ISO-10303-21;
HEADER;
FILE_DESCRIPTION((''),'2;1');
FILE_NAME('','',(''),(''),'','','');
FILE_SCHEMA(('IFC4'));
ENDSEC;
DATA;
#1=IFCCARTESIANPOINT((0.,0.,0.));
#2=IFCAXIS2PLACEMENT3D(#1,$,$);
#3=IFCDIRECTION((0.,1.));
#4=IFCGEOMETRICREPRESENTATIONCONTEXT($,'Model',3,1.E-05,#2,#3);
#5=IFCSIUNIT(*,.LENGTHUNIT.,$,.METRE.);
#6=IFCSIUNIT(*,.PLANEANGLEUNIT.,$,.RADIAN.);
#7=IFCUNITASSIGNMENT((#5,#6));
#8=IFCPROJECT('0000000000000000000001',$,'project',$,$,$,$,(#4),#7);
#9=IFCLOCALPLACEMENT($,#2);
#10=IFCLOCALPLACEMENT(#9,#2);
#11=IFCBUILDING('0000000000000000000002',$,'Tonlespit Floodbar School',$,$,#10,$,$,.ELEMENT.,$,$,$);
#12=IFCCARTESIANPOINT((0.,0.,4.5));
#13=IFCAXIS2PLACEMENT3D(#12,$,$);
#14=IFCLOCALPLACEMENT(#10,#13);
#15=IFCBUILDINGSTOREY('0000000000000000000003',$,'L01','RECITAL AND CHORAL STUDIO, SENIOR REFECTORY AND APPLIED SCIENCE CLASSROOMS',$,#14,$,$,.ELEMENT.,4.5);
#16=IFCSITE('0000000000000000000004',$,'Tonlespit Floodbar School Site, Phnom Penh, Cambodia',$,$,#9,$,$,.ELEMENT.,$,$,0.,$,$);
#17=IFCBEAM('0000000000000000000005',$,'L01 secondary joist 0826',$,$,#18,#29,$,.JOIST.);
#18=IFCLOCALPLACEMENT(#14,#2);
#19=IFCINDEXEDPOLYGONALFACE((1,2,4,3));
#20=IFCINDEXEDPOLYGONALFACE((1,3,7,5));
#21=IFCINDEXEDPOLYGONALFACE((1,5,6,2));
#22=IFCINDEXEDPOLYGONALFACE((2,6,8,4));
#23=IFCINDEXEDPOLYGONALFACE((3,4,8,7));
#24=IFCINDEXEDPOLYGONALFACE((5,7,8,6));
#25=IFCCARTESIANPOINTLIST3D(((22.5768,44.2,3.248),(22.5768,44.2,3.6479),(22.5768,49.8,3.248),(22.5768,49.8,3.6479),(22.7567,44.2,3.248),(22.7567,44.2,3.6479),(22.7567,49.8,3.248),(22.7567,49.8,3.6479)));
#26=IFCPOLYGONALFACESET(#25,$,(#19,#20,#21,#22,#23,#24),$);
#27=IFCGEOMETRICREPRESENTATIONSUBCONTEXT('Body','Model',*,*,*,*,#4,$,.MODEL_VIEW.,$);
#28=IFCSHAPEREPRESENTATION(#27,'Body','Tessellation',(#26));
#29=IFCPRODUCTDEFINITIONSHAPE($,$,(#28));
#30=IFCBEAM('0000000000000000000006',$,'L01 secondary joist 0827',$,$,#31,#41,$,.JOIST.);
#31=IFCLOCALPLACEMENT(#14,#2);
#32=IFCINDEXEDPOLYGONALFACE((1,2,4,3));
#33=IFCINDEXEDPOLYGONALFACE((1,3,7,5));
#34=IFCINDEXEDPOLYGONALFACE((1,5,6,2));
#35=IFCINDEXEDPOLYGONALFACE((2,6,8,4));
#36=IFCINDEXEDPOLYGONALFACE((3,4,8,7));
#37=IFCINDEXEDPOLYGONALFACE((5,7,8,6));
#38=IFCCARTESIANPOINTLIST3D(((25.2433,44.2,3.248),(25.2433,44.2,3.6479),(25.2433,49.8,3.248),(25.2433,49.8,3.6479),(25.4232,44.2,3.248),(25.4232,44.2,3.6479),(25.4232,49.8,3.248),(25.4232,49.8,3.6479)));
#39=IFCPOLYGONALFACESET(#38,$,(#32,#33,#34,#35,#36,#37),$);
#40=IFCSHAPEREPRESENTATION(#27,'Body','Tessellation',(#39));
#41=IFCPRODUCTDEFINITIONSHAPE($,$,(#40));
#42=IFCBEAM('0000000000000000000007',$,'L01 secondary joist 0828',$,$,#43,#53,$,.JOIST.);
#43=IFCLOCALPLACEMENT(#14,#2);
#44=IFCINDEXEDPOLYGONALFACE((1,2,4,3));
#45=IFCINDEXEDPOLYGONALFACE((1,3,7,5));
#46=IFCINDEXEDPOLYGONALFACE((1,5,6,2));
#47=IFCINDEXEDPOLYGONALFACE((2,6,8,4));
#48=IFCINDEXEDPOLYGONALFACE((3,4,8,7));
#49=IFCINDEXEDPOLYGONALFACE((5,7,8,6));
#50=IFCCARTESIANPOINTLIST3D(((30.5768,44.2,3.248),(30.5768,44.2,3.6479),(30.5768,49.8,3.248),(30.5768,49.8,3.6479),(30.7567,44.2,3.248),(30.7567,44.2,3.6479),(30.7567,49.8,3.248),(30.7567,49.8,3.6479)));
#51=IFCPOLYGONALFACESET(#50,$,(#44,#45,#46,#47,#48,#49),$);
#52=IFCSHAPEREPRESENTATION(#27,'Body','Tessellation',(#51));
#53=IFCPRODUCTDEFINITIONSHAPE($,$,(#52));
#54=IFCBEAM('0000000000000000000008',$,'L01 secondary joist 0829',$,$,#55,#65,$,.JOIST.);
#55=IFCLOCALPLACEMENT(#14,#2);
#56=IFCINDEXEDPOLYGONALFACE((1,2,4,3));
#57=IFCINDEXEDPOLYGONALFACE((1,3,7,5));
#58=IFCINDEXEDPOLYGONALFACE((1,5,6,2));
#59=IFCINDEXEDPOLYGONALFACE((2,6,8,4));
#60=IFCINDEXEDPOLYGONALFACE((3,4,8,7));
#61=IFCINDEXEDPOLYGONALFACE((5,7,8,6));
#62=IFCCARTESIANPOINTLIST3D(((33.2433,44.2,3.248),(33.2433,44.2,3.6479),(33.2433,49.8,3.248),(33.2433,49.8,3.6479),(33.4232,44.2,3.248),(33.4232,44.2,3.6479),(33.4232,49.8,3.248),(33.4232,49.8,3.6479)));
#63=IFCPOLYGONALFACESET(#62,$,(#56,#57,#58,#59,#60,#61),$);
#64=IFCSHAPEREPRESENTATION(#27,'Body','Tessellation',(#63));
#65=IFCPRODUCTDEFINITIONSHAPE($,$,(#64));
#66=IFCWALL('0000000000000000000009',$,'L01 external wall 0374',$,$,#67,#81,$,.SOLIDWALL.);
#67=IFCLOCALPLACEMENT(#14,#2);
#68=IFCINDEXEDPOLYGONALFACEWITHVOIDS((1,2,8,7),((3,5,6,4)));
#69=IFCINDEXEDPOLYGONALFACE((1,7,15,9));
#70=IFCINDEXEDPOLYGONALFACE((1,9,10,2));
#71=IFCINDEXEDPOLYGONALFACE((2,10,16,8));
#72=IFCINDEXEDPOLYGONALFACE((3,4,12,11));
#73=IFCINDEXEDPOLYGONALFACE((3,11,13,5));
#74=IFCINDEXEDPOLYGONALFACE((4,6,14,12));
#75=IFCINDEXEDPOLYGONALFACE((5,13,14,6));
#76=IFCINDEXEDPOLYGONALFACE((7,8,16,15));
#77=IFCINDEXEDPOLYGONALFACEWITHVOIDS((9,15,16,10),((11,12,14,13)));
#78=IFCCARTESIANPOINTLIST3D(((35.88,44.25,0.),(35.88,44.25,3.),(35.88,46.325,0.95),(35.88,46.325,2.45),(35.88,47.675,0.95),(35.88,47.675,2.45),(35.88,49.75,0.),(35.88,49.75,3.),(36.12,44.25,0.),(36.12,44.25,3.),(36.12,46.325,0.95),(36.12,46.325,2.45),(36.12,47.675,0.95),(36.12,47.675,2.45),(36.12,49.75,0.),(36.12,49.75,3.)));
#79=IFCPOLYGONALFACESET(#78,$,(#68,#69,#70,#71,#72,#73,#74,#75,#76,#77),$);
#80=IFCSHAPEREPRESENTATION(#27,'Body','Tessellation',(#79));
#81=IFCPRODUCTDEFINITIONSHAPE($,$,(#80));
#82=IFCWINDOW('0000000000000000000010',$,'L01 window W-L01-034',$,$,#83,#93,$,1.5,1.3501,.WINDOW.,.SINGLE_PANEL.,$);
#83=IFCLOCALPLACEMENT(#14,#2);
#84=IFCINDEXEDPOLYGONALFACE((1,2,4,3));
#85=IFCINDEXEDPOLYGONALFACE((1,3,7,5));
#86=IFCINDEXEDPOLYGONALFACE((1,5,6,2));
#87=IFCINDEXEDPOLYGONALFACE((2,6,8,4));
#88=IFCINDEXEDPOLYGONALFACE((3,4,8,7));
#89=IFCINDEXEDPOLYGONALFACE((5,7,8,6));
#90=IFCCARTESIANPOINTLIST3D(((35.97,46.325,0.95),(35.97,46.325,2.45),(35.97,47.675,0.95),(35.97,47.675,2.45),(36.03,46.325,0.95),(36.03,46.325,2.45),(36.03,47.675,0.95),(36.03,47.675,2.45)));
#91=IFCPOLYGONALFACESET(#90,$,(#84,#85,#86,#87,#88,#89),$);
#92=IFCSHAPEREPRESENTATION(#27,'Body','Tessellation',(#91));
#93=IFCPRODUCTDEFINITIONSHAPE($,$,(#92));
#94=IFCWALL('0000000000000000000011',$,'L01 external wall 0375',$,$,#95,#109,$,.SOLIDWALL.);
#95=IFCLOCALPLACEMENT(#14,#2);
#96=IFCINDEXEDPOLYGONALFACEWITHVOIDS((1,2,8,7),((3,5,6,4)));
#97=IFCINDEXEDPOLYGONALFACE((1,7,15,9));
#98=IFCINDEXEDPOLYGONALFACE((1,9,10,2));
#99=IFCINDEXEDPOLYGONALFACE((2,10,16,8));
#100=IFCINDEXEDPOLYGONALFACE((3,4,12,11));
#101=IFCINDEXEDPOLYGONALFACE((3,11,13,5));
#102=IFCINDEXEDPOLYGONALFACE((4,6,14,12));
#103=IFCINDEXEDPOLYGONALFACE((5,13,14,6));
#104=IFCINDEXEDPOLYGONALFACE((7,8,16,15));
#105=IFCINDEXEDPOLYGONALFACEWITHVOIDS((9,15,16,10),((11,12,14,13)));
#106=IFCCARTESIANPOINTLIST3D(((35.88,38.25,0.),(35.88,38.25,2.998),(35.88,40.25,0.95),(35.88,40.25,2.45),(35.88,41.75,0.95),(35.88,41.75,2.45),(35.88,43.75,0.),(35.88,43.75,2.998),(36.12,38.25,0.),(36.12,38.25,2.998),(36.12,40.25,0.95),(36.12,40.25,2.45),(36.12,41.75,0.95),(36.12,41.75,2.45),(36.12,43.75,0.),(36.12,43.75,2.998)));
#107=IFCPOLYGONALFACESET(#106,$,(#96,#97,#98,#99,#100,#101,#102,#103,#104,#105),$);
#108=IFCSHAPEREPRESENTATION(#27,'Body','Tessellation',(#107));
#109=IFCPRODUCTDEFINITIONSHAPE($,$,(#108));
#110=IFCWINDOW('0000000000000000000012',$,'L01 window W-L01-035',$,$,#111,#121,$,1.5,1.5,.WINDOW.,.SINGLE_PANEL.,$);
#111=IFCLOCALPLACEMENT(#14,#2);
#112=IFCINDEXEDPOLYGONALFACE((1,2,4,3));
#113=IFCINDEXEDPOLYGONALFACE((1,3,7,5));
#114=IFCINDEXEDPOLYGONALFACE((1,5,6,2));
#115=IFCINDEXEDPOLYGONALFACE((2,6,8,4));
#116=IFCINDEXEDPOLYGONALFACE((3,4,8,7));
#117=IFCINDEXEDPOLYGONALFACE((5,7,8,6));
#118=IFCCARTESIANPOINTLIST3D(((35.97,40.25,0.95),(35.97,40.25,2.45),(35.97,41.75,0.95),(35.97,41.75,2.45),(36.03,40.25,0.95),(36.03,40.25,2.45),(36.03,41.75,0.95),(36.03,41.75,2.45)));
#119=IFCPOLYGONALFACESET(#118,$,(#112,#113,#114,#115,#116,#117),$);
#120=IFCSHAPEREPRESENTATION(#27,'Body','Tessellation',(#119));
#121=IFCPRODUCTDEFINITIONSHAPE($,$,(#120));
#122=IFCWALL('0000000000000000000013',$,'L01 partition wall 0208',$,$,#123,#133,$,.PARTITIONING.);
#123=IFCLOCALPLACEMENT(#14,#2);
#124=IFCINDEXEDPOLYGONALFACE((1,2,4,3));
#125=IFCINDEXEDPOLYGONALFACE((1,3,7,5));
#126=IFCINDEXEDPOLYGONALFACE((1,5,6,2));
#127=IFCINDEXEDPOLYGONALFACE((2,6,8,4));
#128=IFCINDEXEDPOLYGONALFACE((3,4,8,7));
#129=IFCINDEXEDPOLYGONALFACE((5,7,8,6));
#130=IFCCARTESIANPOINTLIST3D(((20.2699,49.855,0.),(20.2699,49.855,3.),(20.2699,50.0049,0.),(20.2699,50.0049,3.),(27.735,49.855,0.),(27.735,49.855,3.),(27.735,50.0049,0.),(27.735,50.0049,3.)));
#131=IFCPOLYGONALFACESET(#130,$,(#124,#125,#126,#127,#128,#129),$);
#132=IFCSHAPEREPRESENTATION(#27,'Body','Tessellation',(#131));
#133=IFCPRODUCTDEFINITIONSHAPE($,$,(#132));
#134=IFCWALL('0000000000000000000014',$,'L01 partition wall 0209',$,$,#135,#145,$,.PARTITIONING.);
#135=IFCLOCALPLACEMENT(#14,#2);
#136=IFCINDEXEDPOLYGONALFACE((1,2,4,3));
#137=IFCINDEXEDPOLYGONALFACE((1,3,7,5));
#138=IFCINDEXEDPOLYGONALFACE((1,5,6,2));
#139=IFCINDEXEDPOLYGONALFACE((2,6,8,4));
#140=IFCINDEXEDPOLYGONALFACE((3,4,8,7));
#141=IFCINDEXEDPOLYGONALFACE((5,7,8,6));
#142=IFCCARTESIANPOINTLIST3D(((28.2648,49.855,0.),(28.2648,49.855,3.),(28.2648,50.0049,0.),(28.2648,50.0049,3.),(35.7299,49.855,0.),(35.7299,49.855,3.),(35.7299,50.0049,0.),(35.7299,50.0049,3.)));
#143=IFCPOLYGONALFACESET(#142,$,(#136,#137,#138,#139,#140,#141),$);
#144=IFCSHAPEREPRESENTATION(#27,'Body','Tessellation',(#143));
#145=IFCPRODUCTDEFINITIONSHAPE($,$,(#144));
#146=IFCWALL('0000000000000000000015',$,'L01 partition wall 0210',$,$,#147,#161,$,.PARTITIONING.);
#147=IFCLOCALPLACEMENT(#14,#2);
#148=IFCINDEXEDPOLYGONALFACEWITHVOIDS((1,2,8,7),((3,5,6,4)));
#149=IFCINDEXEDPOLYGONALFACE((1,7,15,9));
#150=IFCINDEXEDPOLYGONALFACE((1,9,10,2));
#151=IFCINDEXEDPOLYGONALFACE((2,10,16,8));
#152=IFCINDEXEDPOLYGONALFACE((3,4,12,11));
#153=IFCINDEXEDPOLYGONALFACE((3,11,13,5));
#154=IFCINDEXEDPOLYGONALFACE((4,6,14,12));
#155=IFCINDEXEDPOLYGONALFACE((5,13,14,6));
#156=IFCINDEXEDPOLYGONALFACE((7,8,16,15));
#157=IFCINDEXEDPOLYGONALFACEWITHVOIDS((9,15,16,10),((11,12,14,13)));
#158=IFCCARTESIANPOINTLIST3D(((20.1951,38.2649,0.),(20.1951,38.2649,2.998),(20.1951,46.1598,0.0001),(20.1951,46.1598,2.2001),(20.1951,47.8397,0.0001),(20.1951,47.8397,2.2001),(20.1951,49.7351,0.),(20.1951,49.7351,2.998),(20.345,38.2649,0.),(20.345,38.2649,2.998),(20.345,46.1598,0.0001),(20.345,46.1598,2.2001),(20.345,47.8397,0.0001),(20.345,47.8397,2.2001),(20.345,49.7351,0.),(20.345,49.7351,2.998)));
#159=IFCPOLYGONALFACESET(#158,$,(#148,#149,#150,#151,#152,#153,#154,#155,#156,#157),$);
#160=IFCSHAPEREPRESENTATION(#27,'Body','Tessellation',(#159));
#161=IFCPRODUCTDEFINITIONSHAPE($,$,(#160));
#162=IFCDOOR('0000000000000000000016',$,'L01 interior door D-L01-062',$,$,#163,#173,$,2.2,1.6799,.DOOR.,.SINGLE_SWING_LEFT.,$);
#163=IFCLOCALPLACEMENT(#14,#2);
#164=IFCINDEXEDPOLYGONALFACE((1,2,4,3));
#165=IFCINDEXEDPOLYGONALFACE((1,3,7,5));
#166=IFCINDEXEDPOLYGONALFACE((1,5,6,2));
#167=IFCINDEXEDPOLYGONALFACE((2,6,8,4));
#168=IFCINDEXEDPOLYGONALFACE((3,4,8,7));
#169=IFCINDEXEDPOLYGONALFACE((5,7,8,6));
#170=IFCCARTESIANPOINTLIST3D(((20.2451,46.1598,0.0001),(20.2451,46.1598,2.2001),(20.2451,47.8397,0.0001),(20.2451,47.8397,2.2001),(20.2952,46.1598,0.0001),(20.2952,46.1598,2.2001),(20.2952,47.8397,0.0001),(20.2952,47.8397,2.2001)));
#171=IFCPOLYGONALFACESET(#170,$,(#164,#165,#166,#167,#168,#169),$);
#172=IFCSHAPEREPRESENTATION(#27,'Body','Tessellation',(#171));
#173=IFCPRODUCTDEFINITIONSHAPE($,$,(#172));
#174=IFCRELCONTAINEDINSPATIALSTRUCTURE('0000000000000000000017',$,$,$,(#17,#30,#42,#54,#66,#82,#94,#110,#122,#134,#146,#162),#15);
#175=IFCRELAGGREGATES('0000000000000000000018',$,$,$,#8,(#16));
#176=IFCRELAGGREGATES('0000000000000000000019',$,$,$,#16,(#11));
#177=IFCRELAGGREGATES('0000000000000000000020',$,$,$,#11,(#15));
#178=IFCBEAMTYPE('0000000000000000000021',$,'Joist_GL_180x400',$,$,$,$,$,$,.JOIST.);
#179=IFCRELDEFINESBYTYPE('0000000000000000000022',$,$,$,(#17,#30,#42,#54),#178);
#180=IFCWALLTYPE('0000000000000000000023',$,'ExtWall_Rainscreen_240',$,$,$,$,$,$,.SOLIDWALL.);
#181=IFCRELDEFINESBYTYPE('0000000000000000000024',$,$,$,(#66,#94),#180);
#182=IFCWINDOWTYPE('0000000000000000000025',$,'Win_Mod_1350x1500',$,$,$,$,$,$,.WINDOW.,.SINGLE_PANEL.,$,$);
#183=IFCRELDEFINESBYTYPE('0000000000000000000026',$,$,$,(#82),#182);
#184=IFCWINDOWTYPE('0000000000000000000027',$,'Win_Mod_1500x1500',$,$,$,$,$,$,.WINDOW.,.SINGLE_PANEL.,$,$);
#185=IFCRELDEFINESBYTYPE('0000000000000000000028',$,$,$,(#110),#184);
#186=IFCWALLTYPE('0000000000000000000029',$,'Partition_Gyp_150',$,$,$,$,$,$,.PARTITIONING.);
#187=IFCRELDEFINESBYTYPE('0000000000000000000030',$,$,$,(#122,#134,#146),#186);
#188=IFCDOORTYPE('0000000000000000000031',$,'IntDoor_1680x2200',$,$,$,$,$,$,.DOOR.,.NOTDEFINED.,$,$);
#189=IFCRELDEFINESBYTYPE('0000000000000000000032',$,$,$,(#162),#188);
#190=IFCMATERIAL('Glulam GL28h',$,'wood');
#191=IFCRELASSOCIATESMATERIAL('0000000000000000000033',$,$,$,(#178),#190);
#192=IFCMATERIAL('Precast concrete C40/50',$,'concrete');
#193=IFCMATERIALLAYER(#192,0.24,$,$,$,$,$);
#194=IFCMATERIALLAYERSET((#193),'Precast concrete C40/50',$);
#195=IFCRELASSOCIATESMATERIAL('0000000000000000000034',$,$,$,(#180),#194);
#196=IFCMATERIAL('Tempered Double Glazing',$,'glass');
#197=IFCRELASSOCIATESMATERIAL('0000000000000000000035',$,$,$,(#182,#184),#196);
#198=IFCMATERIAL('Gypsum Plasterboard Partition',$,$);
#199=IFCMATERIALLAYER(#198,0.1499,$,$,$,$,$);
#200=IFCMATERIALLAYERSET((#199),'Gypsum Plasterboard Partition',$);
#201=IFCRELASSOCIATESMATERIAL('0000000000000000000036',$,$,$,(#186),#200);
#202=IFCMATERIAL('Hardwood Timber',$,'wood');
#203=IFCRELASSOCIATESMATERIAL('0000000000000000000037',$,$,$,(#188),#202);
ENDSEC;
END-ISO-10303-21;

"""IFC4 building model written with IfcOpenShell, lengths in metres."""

from ifc_helpers import new_model, si_unit, direction, frame, frame_2d, origin, origin_2d, place, context, subcontext, project, spatial, rectangle, extrude, material, layer, layer_set, material_profile, profile_set, type_object, element, fill, save


model = new_model("IFC4")

# Units and contexts
model_context = context("Model", 3, precision=1e-05, world=origin(), true_north=direction((0.0, 1.0)))
body_context = subcontext(model_context, "Body", "Model", "MODEL_VIEW")
ifc_project = project(units=[si_unit("LENGTHUNIT", "METRE"), si_unit("PLANEANGLEUNIT", "RADIAN")], contexts=[model_context])

# Site, building, storey
site_placement = place(None, origin())
site = spatial("IfcSite", under=ifc_project, at=site_placement, Name="Tonlespit Floodbar School Site, Phnom Penh, Cambodia", CompositionType="ELEMENT", RefElevation=0.0)
building_placement = place(site_placement, origin())
building = spatial("IfcBuilding", under=site, at=building_placement, Name="Tonlespit Floodbar School", CompositionType="ELEMENT")
storey_placement = place(building_placement, frame((0.0, 0.0, 4.5)))
storey = spatial("IfcBuildingStorey", under=building, at=storey_placement, Name="L01", Description="RECITAL AND CHORAL STUDIO, SENIOR REFECTORY AND APPLIED SCIENCE CLASSROOMS", CompositionType="ELEMENT", Elevation=4.5)

# Beams
ifc_material_1 = material(Name="Glulam GL28h", Category="wood")
ifc_material_profile_1 = material_profile(ifc_material_1, rectangle(XDim=0.1799, YDim=0.3999, at=origin_2d()), Name="GL 180x400")
ifc_profile_set_1 = profile_set([ifc_material_profile_1], Name="Glulam GL28h")
beam_type_1 = type_object("IfcBeamType", Name="Joist_GL_180x400", PredefinedType="JOIST", material=ifc_profile_set_1)
for number, where, z_axis, x_axis, name in (
    (1, (22.6667, 44.2, 3.448), (0.0, 1.0, 0.0), (-1.0, 0.0, 0.0), "L01 secondary joist 0826"),
    (2, (25.3333, 44.2, 3.448), (0.0, 1.0, 0.0), (-1.0, 0.0, 0.0), "L01 secondary joist 0827"),
    (3, (30.6667, 44.2, 3.448), (0.0, 1.0, 0.0), (-1.0, 0.0, 0.0), "L01 secondary joist 0828"),
    (4, (33.3333, 44.2, 3.448), (0.0, 1.0, 0.0), (-1.0, 0.0, 0.0), "L01 secondary joist 0829"),
):
    element("IfcBeam", number, at=place(storey_placement, frame(where, z_axis=z_axis, x_axis=x_axis)), inside=storey, type_object=beam_type_1, Name=name, PredefinedType="JOIST", context=body_context, shape_type="SweptSolid", body=[
        extrude(rectangle(XDim=0.1799, YDim=0.3999, at=origin_2d()), origin(), (0.0, 0.0, 1.0), 5.6001),
    ])

# Walls, openings, windows
ifc_material_2 = material(Name="Precast concrete C40/50", Category="concrete")
ifc_layer_1 = layer(ifc_material_2, 0.24)
ifc_layer_set_1 = layer_set([ifc_layer_1], Name="Precast concrete C40/50")
wall_type_1 = type_object("IfcWallType", Name="ExtWall_Rainscreen_240", PredefinedType="SOLIDWALL", material=ifc_layer_set_1)
wall_1_placement = place(storey_placement, frame((36.0, 49.75, 0.0), z_axis=(0.0, 0.0, 1.0), x_axis=(0.0, -1.0, 0.0)))
wall_1 = element("IfcWall", 5, at=wall_1_placement, inside=storey, type_object=wall_type_1, Name="L01 external wall 0374", PredefinedType="SOLIDWALL", context=body_context, shape_type="SweptSolid", body=[
    extrude(rectangle(XDim=5.5, YDim=0.24, at=frame_2d((2.75, 0.0))), origin(), (0.0, 0.0, 1.0), 3.0),
])
opening_1_placement = place(wall_1_placement, frame((2.075, 0.0, 0.95)))
opening_1 = element("IfcOpeningElement", 6, at=opening_1_placement, cuts=wall_1, PredefinedType="OPENING", context=body_context, shape_type="SweptSolid", body=[
    extrude(rectangle(XDim=1.3501, YDim=1.5, at=frame_2d((0.675, 0.75))), frame((0.0, 0.1299, 0.0), z_axis=(0.0, -1.0, 0.0), x_axis=(1.0, 0.0, 0.0)), (0.0, 0.0, 1.0), 0.26),
])
ifc_material_3 = material(Name="Tempered Double Glazing", Category="glass")
window_type_1 = type_object("IfcWindowType", Name="Win_Mod_1350x1500", PartitioningType="SINGLE_PANEL", PredefinedType="WINDOW", material=ifc_material_3)
window_1_placement = place(opening_1_placement, origin())
window_1 = element("IfcWindow", 7, at=window_1_placement, inside=storey, type_object=window_type_1, Name="L01 window W-L01-034", OverallHeight=1.5, OverallWidth=1.3501, PartitioningType="SINGLE_PANEL", PredefinedType="WINDOW", context=body_context, shape_type="SweptSolid", body=[
    extrude(rectangle(XDim=1.3501, YDim=1.5, at=frame_2d((0.675, 0.75))), frame((0.0, 0.03, 0.0), z_axis=(0.0, -1.0, 0.0), x_axis=(1.0, 0.0, 0.0)), (0.0, 0.0, 1.0), 0.0601),
])
fill(opening_1, window_1)
wall_2_placement = place(storey_placement, frame((36.0, 43.75, 0.0), z_axis=(0.0, 0.0, 1.0), x_axis=(0.0, -1.0, 0.0)))
wall_2 = element("IfcWall", 8, at=wall_2_placement, inside=storey, type_object=wall_type_1, Name="L01 external wall 0375", PredefinedType="SOLIDWALL", context=body_context, shape_type="SweptSolid", body=[
    extrude(rectangle(XDim=5.5, YDim=0.24, at=frame_2d((2.75, 0.0))), origin(), (0.0, 0.0, 1.0), 2.998),
])
opening_2_placement = place(wall_2_placement, frame((2.0, 0.0, 0.95)))
opening_2 = element("IfcOpeningElement", 9, at=opening_2_placement, cuts=wall_2, PredefinedType="OPENING", context=body_context, shape_type="SweptSolid", body=[
    extrude(rectangle(XDim=1.5, YDim=1.5, at=frame_2d((0.75, 0.75))), frame((0.0, 0.1299, 0.0), z_axis=(0.0, -1.0, 0.0), x_axis=(1.0, 0.0, 0.0)), (0.0, 0.0, 1.0), 0.26),
])
window_type_2 = type_object("IfcWindowType", Name="Win_Mod_1500x1500", PartitioningType="SINGLE_PANEL", PredefinedType="WINDOW", material=ifc_material_3)
window_2_placement = place(opening_2_placement, origin())
window_2 = element("IfcWindow", 10, at=window_2_placement, inside=storey, type_object=window_type_2, Name="L01 window W-L01-035", OverallHeight=1.5, OverallWidth=1.5, PartitioningType="SINGLE_PANEL", PredefinedType="WINDOW", context=body_context, shape_type="SweptSolid", body=[
    extrude(rectangle(XDim=1.5, YDim=1.5, at=frame_2d((0.75, 0.75))), frame((0.0, 0.03, 0.0), z_axis=(0.0, -1.0, 0.0), x_axis=(1.0, 0.0, 0.0)), (0.0, 0.0, 1.0), 0.0601),
])
fill(opening_2, window_2)

# Walls
ifc_material_4 = material(Name="Gypsum Plasterboard Partition")
ifc_layer_2 = layer(ifc_material_4, 0.1499)
ifc_layer_set_2 = layer_set([ifc_layer_2], Name="Gypsum Plasterboard Partition")
wall_type_2 = type_object("IfcWallType", Name="Partition_Gyp_150", PredefinedType="PARTITIONING", material=ifc_layer_set_2)
for number, where, z_axis, x_axis, name in (
    (11, (20.27, 49.9299, 0.0), (0.0, 0.0, 1.0), (1.0, 0.0, 0.0), "L01 partition wall 0208"),
    (12, (28.2649, 49.9299, 0.0), (0.0, 0.0, 1.0), (1.0, 0.0, 0.0), "L01 partition wall 0209"),
):
    element("IfcWall", number, at=place(storey_placement, frame(where, z_axis=z_axis, x_axis=x_axis)), inside=storey, type_object=wall_type_2, Name=name, PredefinedType="PARTITIONING", context=body_context, shape_type="SweptSolid", body=[
        extrude(rectangle(XDim=7.4651, YDim=0.1499, at=frame_2d((3.7324, 0.0))), origin(), (0.0, 0.0, 1.0), 3.0),
    ])

# Wall, opening, door
wall_3_placement = place(storey_placement, frame((20.27, 38.2649, 0.0), z_axis=(0.0, 0.0, 1.0), x_axis=(0.0, 1.0, 0.0)))
wall_3 = element("IfcWall", 13, at=wall_3_placement, inside=storey, type_object=wall_type_2, Name="L01 partition wall 0210", PredefinedType="PARTITIONING", context=body_context, shape_type="SweptSolid", body=[
    extrude(rectangle(XDim=11.4702, YDim=0.1499, at=frame_2d((5.7351, 0.0))), origin(), (0.0, 0.0, 1.0), 2.998),
])
opening_3_placement = place(wall_3_placement, frame((7.895, 0.0, 0.0)))
opening_3 = element("IfcOpeningElement", 14, at=opening_3_placement, cuts=wall_3, PredefinedType="OPENING", context=body_context, shape_type="SweptSolid", body=[
    extrude(rectangle(XDim=1.6799, YDim=2.2, at=frame_2d((0.8398, 1.1001))), frame((0.0, 0.085, 0.0), z_axis=(0.0, -1.0, 0.0), x_axis=(1.0, 0.0, 0.0)), (0.0, 0.0, 1.0), 0.1699),
])
ifc_material_5 = material(Name="Hardwood Timber", Category="wood")
door_type = type_object("IfcDoorType", Name="IntDoor_1680x2200", OperationType="NOTDEFINED", PredefinedType="DOOR", material=ifc_material_5)
door_placement = place(opening_3_placement, origin())
door = element("IfcDoor", 15, at=door_placement, inside=storey, type_object=door_type, Name="L01 interior door D-L01-062", OperationType="SINGLE_SWING_LEFT", OverallHeight=2.2, OverallWidth=1.6799, PredefinedType="DOOR", context=body_context, shape_type="SweptSolid", body=[
    extrude(rectangle(XDim=1.6799, YDim=2.2, at=frame_2d((0.8398, 1.1001))), frame((0.0, 0.0249, 0.0), z_axis=(0.0, -1.0, 0.0), x_axis=(1.0, 0.0, 0.0)), (0.0, 0.0, 1.0), 0.05),
])
fill(opening_3, door)

save(model, "model.ifc")
